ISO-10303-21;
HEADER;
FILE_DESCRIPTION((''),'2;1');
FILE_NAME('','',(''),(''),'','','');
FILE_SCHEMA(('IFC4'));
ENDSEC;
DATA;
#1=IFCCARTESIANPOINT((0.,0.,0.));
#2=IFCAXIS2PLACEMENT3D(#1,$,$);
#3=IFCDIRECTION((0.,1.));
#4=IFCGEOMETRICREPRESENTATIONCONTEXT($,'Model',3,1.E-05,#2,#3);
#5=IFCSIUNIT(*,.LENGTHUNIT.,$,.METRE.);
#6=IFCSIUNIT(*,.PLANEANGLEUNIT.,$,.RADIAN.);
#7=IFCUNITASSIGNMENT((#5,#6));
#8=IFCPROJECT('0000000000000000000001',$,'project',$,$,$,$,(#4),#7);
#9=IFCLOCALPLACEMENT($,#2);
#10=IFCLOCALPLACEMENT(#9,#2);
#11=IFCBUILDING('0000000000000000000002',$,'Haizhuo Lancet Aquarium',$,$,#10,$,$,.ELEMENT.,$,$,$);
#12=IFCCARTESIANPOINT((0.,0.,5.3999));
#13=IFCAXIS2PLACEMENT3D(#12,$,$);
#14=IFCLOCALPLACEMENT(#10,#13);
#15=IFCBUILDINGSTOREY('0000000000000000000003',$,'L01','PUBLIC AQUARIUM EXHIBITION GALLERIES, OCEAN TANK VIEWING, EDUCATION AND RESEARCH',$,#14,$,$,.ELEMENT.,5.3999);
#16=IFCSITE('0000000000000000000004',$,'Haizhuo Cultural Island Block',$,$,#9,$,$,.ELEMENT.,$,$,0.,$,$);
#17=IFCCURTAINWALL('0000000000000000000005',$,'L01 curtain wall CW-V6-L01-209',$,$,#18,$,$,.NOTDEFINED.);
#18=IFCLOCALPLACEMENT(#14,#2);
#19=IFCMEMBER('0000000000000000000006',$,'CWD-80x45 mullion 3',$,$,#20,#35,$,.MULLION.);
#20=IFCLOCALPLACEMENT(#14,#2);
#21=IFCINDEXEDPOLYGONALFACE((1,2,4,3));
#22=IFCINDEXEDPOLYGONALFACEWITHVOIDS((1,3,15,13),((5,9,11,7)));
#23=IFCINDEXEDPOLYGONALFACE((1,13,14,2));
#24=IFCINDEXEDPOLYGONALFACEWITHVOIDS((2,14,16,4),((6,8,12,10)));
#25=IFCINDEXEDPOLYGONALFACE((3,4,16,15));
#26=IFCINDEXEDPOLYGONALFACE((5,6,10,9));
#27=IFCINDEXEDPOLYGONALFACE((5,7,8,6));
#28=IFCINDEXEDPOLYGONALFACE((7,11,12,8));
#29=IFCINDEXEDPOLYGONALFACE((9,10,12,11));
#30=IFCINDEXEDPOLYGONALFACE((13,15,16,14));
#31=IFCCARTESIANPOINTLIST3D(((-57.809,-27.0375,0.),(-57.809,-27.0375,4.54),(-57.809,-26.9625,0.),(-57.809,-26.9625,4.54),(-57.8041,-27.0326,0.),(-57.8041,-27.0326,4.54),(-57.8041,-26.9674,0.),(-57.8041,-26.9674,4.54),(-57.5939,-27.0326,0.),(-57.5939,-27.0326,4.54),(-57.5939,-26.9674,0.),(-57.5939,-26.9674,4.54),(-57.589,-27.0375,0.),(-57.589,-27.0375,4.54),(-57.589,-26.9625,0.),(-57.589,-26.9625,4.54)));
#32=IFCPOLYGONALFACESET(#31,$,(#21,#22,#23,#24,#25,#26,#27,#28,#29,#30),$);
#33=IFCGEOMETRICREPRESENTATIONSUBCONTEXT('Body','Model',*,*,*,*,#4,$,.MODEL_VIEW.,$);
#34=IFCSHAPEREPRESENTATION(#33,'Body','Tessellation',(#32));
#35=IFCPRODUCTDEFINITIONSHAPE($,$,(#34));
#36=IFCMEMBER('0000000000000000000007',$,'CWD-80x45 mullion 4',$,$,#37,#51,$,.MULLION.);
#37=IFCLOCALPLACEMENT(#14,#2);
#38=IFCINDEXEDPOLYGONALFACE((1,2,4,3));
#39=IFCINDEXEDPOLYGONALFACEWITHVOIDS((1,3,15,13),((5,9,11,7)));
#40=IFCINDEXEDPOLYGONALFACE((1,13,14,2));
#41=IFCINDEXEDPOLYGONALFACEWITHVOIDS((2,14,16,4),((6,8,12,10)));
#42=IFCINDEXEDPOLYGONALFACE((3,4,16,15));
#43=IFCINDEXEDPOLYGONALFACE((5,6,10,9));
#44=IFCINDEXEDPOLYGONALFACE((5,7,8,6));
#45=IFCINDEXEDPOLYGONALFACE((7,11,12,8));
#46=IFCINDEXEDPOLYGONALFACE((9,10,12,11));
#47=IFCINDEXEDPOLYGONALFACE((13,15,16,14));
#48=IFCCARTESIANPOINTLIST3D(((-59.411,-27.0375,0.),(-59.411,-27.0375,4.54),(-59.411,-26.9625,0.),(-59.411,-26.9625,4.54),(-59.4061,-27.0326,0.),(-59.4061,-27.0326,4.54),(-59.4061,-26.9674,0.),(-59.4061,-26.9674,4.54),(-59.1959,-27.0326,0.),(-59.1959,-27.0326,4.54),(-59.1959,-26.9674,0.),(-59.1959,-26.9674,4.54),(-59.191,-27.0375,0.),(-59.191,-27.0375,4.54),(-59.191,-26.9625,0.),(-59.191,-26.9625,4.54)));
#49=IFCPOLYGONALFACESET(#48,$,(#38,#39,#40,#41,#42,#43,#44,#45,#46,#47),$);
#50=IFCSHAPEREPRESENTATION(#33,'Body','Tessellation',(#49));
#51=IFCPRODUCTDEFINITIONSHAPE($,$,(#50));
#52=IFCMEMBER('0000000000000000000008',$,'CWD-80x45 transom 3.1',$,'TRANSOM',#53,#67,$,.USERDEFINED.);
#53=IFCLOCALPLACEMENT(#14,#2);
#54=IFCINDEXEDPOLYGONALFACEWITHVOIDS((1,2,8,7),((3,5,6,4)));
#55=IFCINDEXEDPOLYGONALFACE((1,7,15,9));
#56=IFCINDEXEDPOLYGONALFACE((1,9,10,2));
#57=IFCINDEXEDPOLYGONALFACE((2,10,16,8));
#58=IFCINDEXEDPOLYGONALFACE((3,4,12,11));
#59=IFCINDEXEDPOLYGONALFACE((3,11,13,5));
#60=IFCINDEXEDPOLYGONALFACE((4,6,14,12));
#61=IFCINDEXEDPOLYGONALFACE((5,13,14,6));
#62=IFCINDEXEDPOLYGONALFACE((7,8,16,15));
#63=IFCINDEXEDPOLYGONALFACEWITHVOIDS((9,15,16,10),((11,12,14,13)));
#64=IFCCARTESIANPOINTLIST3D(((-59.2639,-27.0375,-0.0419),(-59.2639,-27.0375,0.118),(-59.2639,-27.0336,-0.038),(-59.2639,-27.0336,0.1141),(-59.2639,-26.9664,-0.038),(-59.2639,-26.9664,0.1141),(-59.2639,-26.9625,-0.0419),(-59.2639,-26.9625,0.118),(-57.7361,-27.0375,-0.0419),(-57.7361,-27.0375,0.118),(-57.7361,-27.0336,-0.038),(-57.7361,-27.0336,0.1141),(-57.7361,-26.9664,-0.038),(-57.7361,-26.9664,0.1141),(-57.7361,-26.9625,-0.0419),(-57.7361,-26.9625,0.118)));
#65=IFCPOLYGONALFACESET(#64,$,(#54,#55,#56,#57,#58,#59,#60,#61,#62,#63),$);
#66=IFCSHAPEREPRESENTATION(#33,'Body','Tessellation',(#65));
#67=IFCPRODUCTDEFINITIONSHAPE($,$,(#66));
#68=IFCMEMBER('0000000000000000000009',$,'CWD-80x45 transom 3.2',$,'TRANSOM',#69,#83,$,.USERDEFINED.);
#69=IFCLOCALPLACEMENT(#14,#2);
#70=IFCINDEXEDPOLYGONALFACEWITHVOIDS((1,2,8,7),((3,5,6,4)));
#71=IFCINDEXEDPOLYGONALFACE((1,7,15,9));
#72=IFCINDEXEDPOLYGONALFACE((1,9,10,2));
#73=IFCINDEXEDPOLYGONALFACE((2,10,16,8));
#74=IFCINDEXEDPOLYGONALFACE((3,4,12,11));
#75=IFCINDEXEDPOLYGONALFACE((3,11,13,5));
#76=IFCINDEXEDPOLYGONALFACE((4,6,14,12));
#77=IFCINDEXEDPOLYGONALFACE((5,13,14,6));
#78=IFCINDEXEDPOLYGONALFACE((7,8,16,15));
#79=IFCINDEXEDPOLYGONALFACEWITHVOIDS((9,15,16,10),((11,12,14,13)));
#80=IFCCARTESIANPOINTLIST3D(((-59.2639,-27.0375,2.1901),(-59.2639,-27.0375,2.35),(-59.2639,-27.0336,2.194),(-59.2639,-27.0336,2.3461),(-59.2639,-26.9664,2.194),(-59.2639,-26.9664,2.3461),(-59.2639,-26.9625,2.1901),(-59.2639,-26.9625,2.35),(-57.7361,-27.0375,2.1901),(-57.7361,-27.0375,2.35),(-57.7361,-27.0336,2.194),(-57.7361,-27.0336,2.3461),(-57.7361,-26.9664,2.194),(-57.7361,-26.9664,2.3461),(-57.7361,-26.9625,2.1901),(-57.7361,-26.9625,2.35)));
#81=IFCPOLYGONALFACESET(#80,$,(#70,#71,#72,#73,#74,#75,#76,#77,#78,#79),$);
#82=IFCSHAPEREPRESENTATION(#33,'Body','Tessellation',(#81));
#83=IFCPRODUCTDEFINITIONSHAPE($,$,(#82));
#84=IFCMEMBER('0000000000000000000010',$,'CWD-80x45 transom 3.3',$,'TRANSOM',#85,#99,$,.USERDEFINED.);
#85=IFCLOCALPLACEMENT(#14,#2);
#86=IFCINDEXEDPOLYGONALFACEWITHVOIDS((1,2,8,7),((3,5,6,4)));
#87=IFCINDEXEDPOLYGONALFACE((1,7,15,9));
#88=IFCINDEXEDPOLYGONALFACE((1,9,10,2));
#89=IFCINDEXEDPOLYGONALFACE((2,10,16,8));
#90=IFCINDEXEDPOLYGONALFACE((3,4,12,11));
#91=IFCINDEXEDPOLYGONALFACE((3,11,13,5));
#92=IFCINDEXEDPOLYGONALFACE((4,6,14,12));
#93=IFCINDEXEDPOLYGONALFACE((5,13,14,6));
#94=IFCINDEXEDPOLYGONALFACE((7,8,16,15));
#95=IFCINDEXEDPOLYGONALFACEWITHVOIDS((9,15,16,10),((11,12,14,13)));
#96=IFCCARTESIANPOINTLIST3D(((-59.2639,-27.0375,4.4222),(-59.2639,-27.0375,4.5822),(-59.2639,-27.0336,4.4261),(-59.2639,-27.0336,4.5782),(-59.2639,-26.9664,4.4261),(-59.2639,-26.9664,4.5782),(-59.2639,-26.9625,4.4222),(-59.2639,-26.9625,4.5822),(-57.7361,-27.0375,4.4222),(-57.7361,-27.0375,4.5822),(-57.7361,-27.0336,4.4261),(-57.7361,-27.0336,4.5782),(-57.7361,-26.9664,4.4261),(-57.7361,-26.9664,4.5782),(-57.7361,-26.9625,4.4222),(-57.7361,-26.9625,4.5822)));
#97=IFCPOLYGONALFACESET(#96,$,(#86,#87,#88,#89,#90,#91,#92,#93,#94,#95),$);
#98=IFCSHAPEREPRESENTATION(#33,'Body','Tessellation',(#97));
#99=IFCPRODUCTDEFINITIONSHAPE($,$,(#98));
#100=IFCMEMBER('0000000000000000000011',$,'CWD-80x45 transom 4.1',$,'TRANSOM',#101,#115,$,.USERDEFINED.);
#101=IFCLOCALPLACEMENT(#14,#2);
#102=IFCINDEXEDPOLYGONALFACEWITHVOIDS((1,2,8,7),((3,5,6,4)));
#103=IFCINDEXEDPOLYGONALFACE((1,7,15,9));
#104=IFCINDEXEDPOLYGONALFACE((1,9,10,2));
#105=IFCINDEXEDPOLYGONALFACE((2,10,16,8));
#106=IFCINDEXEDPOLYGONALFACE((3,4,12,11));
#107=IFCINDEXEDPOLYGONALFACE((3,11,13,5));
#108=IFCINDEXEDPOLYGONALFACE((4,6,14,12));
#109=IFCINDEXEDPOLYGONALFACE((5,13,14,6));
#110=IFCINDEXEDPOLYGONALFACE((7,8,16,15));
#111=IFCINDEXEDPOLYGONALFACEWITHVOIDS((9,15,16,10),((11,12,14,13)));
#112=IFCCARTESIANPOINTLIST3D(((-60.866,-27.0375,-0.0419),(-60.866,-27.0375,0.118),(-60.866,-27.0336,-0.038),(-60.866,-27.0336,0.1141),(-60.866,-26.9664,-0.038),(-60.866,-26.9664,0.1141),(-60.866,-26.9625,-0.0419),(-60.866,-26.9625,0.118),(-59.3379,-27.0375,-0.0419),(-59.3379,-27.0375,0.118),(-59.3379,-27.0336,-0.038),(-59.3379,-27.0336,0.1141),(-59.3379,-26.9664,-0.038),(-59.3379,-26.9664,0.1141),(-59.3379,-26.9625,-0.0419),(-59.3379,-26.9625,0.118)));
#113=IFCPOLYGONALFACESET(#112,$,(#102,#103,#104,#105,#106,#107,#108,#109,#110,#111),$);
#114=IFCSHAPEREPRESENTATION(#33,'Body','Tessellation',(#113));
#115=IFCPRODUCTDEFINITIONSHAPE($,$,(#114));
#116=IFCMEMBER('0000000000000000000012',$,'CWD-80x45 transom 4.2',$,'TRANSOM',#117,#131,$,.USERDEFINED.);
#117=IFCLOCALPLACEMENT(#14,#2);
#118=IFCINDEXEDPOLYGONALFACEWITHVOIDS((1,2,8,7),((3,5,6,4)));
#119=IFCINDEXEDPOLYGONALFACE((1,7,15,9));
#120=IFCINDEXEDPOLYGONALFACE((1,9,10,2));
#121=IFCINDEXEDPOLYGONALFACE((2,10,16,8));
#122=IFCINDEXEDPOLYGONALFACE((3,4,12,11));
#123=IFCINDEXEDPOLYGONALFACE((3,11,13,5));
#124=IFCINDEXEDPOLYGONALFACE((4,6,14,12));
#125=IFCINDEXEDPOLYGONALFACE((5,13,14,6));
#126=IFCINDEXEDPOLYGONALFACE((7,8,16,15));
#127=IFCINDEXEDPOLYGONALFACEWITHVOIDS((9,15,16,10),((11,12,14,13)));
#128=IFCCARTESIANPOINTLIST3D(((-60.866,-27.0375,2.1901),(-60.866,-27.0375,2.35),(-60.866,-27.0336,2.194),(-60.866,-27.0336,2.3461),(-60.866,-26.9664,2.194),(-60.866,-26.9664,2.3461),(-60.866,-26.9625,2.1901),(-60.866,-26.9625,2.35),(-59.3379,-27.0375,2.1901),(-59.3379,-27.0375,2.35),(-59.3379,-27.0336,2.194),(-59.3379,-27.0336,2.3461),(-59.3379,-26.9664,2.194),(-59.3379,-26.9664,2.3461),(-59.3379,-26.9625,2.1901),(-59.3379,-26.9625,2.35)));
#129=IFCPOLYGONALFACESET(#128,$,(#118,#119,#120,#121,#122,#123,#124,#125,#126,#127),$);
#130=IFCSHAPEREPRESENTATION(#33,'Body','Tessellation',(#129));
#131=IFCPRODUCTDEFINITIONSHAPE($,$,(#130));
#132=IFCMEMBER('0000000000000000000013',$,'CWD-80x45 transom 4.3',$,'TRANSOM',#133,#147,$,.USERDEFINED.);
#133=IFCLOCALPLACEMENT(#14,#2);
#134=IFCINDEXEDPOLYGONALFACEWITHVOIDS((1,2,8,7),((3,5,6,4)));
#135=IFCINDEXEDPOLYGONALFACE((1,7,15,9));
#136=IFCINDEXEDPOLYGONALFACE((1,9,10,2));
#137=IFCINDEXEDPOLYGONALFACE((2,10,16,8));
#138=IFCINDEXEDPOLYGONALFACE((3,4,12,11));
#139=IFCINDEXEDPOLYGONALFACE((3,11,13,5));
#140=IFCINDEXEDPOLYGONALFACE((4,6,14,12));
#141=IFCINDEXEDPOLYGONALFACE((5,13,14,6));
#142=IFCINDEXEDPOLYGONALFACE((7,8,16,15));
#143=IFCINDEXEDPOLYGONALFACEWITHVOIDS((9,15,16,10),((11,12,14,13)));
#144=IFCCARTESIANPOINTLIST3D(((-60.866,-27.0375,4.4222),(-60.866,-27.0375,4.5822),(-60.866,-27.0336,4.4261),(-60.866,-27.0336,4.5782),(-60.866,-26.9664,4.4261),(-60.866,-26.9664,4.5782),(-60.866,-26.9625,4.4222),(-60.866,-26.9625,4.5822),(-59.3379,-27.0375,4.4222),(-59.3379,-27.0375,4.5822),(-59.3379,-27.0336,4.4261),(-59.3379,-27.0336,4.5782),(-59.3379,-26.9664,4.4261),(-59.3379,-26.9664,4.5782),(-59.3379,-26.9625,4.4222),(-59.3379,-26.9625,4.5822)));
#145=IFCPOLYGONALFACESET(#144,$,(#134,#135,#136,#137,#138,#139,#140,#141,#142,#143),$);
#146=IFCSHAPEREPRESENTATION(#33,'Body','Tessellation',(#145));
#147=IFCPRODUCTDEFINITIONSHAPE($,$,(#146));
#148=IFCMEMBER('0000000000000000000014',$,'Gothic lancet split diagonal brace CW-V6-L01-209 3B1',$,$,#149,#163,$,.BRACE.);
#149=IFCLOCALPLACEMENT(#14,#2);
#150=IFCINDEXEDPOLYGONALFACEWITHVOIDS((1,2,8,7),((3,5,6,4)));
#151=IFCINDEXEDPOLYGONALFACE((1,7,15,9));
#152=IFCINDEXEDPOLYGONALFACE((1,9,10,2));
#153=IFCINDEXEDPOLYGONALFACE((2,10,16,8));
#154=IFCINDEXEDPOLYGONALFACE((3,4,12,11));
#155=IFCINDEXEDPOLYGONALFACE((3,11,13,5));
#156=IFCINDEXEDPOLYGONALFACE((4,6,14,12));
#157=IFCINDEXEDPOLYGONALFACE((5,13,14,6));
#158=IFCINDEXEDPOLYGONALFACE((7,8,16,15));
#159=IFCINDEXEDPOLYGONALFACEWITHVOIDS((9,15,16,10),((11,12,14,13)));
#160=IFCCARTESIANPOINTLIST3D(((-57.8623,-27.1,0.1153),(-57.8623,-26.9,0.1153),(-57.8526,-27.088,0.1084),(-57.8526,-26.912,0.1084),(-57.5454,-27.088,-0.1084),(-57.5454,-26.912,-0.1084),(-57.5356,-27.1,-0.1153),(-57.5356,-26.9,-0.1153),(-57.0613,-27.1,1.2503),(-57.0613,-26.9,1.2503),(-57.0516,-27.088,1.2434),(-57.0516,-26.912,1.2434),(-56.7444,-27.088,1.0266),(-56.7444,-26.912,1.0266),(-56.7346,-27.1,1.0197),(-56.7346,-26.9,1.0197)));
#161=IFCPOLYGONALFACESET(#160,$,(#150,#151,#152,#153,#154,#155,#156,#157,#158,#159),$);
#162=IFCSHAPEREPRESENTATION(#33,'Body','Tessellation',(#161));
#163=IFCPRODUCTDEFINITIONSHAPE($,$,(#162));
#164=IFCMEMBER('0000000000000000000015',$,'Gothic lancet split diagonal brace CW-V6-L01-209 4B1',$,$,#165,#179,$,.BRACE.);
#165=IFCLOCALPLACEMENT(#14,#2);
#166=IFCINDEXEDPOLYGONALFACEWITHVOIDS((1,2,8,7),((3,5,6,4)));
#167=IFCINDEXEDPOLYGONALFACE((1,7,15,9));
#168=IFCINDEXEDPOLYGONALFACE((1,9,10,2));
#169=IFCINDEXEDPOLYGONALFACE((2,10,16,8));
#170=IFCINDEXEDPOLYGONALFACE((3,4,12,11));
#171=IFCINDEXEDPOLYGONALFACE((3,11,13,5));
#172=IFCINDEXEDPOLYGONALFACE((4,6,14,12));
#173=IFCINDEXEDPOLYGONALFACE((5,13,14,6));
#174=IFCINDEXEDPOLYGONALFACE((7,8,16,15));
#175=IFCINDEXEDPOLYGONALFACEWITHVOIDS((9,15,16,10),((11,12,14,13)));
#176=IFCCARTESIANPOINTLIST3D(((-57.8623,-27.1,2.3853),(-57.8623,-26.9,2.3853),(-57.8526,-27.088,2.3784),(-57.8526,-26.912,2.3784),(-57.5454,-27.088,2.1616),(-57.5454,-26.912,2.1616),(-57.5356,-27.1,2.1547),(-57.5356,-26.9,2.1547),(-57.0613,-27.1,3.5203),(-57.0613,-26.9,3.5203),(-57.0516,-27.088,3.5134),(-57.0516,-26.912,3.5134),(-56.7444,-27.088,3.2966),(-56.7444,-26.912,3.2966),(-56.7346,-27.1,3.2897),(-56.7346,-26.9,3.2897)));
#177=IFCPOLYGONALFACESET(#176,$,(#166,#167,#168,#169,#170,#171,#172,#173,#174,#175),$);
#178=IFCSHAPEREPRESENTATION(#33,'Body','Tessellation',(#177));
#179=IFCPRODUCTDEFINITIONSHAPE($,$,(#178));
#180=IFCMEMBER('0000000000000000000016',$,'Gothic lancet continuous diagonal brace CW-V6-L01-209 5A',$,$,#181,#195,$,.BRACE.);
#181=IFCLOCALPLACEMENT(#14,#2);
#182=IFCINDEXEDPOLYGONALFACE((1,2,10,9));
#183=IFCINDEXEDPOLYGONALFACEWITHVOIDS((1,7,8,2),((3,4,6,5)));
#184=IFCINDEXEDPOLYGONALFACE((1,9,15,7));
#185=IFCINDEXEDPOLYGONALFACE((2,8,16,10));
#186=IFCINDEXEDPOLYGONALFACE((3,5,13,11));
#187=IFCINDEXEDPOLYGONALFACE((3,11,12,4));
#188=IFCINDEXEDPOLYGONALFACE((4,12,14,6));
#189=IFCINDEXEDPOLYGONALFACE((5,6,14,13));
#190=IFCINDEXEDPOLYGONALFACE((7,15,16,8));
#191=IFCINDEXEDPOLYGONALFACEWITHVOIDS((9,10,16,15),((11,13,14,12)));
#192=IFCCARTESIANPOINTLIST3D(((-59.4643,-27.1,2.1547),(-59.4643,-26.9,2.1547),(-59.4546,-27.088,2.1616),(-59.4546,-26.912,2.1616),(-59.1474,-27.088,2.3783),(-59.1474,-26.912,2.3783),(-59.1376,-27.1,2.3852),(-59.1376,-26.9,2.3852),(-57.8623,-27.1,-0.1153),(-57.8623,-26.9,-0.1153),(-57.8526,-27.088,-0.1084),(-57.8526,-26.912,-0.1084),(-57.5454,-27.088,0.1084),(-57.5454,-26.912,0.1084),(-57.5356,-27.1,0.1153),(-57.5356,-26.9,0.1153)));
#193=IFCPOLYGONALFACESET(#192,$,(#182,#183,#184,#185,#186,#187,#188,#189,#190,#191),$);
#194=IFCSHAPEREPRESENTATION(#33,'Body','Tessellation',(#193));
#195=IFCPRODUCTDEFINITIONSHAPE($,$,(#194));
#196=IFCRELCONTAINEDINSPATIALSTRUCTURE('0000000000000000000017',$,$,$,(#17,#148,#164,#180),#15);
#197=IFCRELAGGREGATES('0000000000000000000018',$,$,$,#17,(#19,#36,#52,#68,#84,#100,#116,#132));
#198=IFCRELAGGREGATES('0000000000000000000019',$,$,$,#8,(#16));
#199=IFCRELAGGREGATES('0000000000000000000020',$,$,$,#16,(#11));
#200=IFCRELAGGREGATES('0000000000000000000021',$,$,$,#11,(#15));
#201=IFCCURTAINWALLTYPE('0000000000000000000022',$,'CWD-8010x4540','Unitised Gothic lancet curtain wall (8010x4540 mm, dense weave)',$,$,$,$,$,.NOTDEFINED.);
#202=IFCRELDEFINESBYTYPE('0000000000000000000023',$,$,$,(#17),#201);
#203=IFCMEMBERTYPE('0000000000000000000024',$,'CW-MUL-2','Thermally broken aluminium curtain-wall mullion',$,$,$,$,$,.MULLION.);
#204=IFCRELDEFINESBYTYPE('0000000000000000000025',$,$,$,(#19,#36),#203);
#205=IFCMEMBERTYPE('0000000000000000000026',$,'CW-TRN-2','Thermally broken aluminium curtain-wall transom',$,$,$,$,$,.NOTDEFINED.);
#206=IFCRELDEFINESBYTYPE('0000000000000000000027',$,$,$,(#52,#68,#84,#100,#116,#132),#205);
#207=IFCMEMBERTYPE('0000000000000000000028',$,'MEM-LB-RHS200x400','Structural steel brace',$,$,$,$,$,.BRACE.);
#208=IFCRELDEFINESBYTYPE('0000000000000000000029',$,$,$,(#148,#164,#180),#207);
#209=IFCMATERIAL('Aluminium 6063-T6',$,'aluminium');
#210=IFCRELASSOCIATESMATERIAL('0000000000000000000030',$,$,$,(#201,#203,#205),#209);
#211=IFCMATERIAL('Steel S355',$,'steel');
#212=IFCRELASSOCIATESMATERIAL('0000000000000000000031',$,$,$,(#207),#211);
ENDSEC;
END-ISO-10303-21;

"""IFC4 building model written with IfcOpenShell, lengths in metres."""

from ifc_helpers import new_model, si_unit, direction, frame, origin, origin_2d, place, context, subcontext, project, spatial, hollow_rectangle, extrude, material, material_profile, profile_set, type_object, element, aggregate, save


model = new_model("IFC4")

# Units and contexts
model_context = context("Model", 3, precision=1e-05, world=origin(), true_north=direction((0.0, 1.0)))
body_context = subcontext(model_context, "Body", "Model", "MODEL_VIEW")
ifc_project = project(units=[si_unit("LENGTHUNIT", "METRE"), si_unit("PLANEANGLEUNIT", "RADIAN")], contexts=[model_context])

# Site, building, storey
site_placement = place(None, origin())
site = spatial("IfcSite", under=ifc_project, at=site_placement, Name="Haizhuo Cultural Island Block", CompositionType="ELEMENT", RefElevation=0.0)
building_placement = place(site_placement, origin())
building = spatial("IfcBuilding", under=site, at=building_placement, Name="Haizhuo Lancet Aquarium", CompositionType="ELEMENT")
storey_placement = place(building_placement, frame((0.0, 0.0, 5.3999)))
storey = spatial("IfcBuildingStorey", under=building, at=storey_placement, Name="L01", Description="PUBLIC AQUARIUM EXHIBITION GALLERIES, OCEAN TANK VIEWING, EDUCATION AND RESEARCH", CompositionType="ELEMENT", Elevation=5.3999)

# Curtain wall, members
ifc_material_1 = material(Name="Aluminium 6063-T6", Category="aluminium")
curtain_wall_type = type_object("IfcCurtainWallType", Name="CWD-8010x4540", Description="Unitised Gothic lancet curtain wall (8010x4540 mm, dense weave)", PredefinedType="NOTDEFINED", material=ifc_material_1)
curtain_wall_placement = place(storey_placement, origin())
curtain_wall = element("IfcCurtainWall", 1, at=curtain_wall_placement, inside=storey, type_object=curtain_wall_type, Name="L01 curtain wall CW-V6-L01-209", PredefinedType="NOTDEFINED")
ifc_material_profile_1 = material_profile(ifc_material_1, hollow_rectangle(XDim=0.075, YDim=0.22, WallThickness=0.0049, at=origin_2d()), Name="ALU-M 75x220x5")
ifc_profile_set_1 = profile_set([ifc_material_profile_1], Name="Aluminium 6063-T6")
member_type_1 = type_object("IfcMemberType", Name="CW-MUL-2", Description="Thermally broken aluminium curtain-wall mullion", PredefinedType="MULLION", material=ifc_profile_set_1)
member_1_placement = place(storey_placement, frame((-57.699, -27.0, 0.0), z_axis=(0.0, 0.0, 1.0), x_axis=(0.0, -1.0, 0.0)))
member_1 = element("IfcMember", 2, at=member_1_placement, type_object=member_type_1, Name="CWD-80x45 mullion 3", PredefinedType="MULLION", context=body_context, shape_type="SweptSolid", body=[
    extrude(hollow_rectangle(XDim=0.075, YDim=0.22, WallThickness=0.0049, at=origin_2d()), origin(), (0.0, 0.0, 1.0), 4.54),
])
member_2_placement = place(storey_placement, frame((-59.301, -27.0, 0.0), z_axis=(0.0, 0.0, 1.0), x_axis=(0.0, -1.0, 0.0)))
member_2 = element("IfcMember", 3, at=member_2_placement, type_object=member_type_1, Name="CWD-80x45 mullion 4", PredefinedType="MULLION", context=body_context, shape_type="SweptSolid", body=[
    extrude(hollow_rectangle(XDim=0.075, YDim=0.22, WallThickness=0.0049, at=origin_2d()), origin(), (0.0, 0.0, 1.0), 4.54),
])
ifc_material_profile_2 = material_profile(ifc_material_1, hollow_rectangle(XDim=0.075, YDim=0.1599, WallThickness=0.0039, at=origin_2d()), Name="ALU-T 75x160x4")
ifc_profile_set_2 = profile_set([ifc_material_profile_2], Name="Aluminium 6063-T6")
member_type_2 = type_object("IfcMemberType", Name="CW-TRN-2", Description="Thermally broken aluminium curtain-wall transom", PredefinedType="NOTDEFINED", material=ifc_profile_set_2)
member_3_placement = place(storey_placement, frame((-57.7361, -27.0, 0.0381), z_axis=(-1.0, 0.0, 0.0), x_axis=(0.0, -1.0, 0.0)))
member_3 = element("IfcMember", 4, at=member_3_placement, type_object=member_type_2, Name="CWD-80x45 transom 3.1", ObjectType="TRANSOM", PredefinedType="USERDEFINED", context=body_context, shape_type="SweptSolid", body=[
    extrude(hollow_rectangle(XDim=0.075, YDim=0.1599, WallThickness=0.0039, at=origin_2d()), origin(), (0.0, 0.0, 1.0), 1.5278),
])
member_4_placement = place(storey_placement, frame((-57.7361, -27.0, 2.27), z_axis=(-1.0, 0.0, 0.0), x_axis=(0.0, -1.0, 0.0)))
member_4 = element("IfcMember", 5, at=member_4_placement, type_object=member_type_2, Name="CWD-80x45 transom 3.2", ObjectType="TRANSOM", PredefinedType="USERDEFINED", context=body_context, shape_type="SweptSolid", body=[
    extrude(hollow_rectangle(XDim=0.075, YDim=0.1599, WallThickness=0.0039, at=origin_2d()), origin(), (0.0, 0.0, 1.0), 1.5278),
])
member_5_placement = place(storey_placement, frame((-57.7361, -27.0, 4.5022), z_axis=(-1.0, 0.0, 0.0), x_axis=(0.0, -1.0, 0.0)))
member_5 = element("IfcMember", 6, at=member_5_placement, type_object=member_type_2, Name="CWD-80x45 transom 3.3", ObjectType="TRANSOM", PredefinedType="USERDEFINED", context=body_context, shape_type="SweptSolid", body=[
    extrude(hollow_rectangle(XDim=0.075, YDim=0.1599, WallThickness=0.0039, at=origin_2d()), origin(), (0.0, 0.0, 1.0), 1.5278),
])
member_6_placement = place(storey_placement, frame((-59.3379, -27.0, 0.0381), z_axis=(-1.0, 0.0, 0.0), x_axis=(0.0, -1.0, 0.0)))
member_6 = element("IfcMember", 7, at=member_6_placement, type_object=member_type_2, Name="CWD-80x45 transom 4.1", ObjectType="TRANSOM", PredefinedType="USERDEFINED", context=body_context, shape_type="SweptSolid", body=[
    extrude(hollow_rectangle(XDim=0.075, YDim=0.1599, WallThickness=0.0039, at=origin_2d()), origin(), (0.0, 0.0, 1.0), 1.5281),
])
member_7_placement = place(storey_placement, frame((-59.3379, -27.0, 2.27), z_axis=(-1.0, 0.0, 0.0), x_axis=(0.0, -1.0, 0.0)))
member_7 = element("IfcMember", 8, at=member_7_placement, type_object=member_type_2, Name="CWD-80x45 transom 4.2", ObjectType="TRANSOM", PredefinedType="USERDEFINED", context=body_context, shape_type="SweptSolid", body=[
    extrude(hollow_rectangle(XDim=0.075, YDim=0.1599, WallThickness=0.0039, at=origin_2d()), origin(), (0.0, 0.0, 1.0), 1.5281),
])
member_8_placement = place(storey_placement, frame((-59.3379, -27.0, 4.5022), z_axis=(-1.0, 0.0, 0.0), x_axis=(0.0, -1.0, 0.0)))
member_8 = element("IfcMember", 9, at=member_8_placement, type_object=member_type_2, Name="CWD-80x45 transom 4.3", ObjectType="TRANSOM", PredefinedType="USERDEFINED", context=body_context, shape_type="SweptSolid", body=[
    extrude(hollow_rectangle(XDim=0.075, YDim=0.1599, WallThickness=0.0039, at=origin_2d()), origin(), (0.0, 0.0, 1.0), 1.5281),
])

# Members
ifc_material_2 = material(Name="Steel S355", Category="steel")
ifc_material_profile_3 = material_profile(ifc_material_2, hollow_rectangle(XDim=0.2, YDim=0.3999, WallThickness=0.012, at=origin_2d()), Name="RHS 200x400x12")
ifc_profile_set_3 = profile_set([ifc_material_profile_3], Name="Steel S355")
member_type_3 = type_object("IfcMemberType", Name="MEM-LB-RHS200x400", Description="Structural steel brace", PredefinedType="BRACE", material=ifc_profile_set_3)
for number, where, z_axis, x_axis, name in (
    (10, (-57.699, -27.0, 0.0), (0.576607, 0.0, 0.817021), (0.0, 1.0, 0.0), "Gothic lancet split diagonal brace CW-V6-L01-209 3B1"),
    (11, (-57.699, -27.0, 2.27), (0.576607, 0.0, 0.817021), (0.0, 1.0, 0.0), "Gothic lancet split diagonal brace CW-V6-L01-209 4B1"),
):
    element("IfcMember", number, at=place(storey_placement, frame(where, z_axis=z_axis, x_axis=x_axis)), inside=storey, type_object=member_type_3, Name=name, PredefinedType="BRACE", context=body_context, shape_type="SweptSolid", body=[
        extrude(hollow_rectangle(XDim=0.2, YDim=0.3999, WallThickness=0.012, at=origin_2d()), origin(), (0.0, 0.0, 1.0), 1.3892),
    ])
member_9_placement = place(storey_placement, frame((-57.699, -27.0, 0.0), z_axis=(-0.576607, 0.0, 0.817021), x_axis=(0.0, -1.0, 0.0)))
element("IfcMember", 12, at=member_9_placement, inside=storey, type_object=member_type_3, Name="Gothic lancet continuous diagonal brace CW-V6-L01-209 5A", PredefinedType="BRACE", context=body_context, shape_type="SweptSolid", body=[
    extrude(hollow_rectangle(XDim=0.2, YDim=0.3999, WallThickness=0.012, at=origin_2d()), origin(), (0.0, 0.0, 1.0), 2.7783),
])

aggregate(curtain_wall, [member_1, member_2, member_3, member_4, member_5, member_6, member_7, member_8])

save(model, "model.ifc")
